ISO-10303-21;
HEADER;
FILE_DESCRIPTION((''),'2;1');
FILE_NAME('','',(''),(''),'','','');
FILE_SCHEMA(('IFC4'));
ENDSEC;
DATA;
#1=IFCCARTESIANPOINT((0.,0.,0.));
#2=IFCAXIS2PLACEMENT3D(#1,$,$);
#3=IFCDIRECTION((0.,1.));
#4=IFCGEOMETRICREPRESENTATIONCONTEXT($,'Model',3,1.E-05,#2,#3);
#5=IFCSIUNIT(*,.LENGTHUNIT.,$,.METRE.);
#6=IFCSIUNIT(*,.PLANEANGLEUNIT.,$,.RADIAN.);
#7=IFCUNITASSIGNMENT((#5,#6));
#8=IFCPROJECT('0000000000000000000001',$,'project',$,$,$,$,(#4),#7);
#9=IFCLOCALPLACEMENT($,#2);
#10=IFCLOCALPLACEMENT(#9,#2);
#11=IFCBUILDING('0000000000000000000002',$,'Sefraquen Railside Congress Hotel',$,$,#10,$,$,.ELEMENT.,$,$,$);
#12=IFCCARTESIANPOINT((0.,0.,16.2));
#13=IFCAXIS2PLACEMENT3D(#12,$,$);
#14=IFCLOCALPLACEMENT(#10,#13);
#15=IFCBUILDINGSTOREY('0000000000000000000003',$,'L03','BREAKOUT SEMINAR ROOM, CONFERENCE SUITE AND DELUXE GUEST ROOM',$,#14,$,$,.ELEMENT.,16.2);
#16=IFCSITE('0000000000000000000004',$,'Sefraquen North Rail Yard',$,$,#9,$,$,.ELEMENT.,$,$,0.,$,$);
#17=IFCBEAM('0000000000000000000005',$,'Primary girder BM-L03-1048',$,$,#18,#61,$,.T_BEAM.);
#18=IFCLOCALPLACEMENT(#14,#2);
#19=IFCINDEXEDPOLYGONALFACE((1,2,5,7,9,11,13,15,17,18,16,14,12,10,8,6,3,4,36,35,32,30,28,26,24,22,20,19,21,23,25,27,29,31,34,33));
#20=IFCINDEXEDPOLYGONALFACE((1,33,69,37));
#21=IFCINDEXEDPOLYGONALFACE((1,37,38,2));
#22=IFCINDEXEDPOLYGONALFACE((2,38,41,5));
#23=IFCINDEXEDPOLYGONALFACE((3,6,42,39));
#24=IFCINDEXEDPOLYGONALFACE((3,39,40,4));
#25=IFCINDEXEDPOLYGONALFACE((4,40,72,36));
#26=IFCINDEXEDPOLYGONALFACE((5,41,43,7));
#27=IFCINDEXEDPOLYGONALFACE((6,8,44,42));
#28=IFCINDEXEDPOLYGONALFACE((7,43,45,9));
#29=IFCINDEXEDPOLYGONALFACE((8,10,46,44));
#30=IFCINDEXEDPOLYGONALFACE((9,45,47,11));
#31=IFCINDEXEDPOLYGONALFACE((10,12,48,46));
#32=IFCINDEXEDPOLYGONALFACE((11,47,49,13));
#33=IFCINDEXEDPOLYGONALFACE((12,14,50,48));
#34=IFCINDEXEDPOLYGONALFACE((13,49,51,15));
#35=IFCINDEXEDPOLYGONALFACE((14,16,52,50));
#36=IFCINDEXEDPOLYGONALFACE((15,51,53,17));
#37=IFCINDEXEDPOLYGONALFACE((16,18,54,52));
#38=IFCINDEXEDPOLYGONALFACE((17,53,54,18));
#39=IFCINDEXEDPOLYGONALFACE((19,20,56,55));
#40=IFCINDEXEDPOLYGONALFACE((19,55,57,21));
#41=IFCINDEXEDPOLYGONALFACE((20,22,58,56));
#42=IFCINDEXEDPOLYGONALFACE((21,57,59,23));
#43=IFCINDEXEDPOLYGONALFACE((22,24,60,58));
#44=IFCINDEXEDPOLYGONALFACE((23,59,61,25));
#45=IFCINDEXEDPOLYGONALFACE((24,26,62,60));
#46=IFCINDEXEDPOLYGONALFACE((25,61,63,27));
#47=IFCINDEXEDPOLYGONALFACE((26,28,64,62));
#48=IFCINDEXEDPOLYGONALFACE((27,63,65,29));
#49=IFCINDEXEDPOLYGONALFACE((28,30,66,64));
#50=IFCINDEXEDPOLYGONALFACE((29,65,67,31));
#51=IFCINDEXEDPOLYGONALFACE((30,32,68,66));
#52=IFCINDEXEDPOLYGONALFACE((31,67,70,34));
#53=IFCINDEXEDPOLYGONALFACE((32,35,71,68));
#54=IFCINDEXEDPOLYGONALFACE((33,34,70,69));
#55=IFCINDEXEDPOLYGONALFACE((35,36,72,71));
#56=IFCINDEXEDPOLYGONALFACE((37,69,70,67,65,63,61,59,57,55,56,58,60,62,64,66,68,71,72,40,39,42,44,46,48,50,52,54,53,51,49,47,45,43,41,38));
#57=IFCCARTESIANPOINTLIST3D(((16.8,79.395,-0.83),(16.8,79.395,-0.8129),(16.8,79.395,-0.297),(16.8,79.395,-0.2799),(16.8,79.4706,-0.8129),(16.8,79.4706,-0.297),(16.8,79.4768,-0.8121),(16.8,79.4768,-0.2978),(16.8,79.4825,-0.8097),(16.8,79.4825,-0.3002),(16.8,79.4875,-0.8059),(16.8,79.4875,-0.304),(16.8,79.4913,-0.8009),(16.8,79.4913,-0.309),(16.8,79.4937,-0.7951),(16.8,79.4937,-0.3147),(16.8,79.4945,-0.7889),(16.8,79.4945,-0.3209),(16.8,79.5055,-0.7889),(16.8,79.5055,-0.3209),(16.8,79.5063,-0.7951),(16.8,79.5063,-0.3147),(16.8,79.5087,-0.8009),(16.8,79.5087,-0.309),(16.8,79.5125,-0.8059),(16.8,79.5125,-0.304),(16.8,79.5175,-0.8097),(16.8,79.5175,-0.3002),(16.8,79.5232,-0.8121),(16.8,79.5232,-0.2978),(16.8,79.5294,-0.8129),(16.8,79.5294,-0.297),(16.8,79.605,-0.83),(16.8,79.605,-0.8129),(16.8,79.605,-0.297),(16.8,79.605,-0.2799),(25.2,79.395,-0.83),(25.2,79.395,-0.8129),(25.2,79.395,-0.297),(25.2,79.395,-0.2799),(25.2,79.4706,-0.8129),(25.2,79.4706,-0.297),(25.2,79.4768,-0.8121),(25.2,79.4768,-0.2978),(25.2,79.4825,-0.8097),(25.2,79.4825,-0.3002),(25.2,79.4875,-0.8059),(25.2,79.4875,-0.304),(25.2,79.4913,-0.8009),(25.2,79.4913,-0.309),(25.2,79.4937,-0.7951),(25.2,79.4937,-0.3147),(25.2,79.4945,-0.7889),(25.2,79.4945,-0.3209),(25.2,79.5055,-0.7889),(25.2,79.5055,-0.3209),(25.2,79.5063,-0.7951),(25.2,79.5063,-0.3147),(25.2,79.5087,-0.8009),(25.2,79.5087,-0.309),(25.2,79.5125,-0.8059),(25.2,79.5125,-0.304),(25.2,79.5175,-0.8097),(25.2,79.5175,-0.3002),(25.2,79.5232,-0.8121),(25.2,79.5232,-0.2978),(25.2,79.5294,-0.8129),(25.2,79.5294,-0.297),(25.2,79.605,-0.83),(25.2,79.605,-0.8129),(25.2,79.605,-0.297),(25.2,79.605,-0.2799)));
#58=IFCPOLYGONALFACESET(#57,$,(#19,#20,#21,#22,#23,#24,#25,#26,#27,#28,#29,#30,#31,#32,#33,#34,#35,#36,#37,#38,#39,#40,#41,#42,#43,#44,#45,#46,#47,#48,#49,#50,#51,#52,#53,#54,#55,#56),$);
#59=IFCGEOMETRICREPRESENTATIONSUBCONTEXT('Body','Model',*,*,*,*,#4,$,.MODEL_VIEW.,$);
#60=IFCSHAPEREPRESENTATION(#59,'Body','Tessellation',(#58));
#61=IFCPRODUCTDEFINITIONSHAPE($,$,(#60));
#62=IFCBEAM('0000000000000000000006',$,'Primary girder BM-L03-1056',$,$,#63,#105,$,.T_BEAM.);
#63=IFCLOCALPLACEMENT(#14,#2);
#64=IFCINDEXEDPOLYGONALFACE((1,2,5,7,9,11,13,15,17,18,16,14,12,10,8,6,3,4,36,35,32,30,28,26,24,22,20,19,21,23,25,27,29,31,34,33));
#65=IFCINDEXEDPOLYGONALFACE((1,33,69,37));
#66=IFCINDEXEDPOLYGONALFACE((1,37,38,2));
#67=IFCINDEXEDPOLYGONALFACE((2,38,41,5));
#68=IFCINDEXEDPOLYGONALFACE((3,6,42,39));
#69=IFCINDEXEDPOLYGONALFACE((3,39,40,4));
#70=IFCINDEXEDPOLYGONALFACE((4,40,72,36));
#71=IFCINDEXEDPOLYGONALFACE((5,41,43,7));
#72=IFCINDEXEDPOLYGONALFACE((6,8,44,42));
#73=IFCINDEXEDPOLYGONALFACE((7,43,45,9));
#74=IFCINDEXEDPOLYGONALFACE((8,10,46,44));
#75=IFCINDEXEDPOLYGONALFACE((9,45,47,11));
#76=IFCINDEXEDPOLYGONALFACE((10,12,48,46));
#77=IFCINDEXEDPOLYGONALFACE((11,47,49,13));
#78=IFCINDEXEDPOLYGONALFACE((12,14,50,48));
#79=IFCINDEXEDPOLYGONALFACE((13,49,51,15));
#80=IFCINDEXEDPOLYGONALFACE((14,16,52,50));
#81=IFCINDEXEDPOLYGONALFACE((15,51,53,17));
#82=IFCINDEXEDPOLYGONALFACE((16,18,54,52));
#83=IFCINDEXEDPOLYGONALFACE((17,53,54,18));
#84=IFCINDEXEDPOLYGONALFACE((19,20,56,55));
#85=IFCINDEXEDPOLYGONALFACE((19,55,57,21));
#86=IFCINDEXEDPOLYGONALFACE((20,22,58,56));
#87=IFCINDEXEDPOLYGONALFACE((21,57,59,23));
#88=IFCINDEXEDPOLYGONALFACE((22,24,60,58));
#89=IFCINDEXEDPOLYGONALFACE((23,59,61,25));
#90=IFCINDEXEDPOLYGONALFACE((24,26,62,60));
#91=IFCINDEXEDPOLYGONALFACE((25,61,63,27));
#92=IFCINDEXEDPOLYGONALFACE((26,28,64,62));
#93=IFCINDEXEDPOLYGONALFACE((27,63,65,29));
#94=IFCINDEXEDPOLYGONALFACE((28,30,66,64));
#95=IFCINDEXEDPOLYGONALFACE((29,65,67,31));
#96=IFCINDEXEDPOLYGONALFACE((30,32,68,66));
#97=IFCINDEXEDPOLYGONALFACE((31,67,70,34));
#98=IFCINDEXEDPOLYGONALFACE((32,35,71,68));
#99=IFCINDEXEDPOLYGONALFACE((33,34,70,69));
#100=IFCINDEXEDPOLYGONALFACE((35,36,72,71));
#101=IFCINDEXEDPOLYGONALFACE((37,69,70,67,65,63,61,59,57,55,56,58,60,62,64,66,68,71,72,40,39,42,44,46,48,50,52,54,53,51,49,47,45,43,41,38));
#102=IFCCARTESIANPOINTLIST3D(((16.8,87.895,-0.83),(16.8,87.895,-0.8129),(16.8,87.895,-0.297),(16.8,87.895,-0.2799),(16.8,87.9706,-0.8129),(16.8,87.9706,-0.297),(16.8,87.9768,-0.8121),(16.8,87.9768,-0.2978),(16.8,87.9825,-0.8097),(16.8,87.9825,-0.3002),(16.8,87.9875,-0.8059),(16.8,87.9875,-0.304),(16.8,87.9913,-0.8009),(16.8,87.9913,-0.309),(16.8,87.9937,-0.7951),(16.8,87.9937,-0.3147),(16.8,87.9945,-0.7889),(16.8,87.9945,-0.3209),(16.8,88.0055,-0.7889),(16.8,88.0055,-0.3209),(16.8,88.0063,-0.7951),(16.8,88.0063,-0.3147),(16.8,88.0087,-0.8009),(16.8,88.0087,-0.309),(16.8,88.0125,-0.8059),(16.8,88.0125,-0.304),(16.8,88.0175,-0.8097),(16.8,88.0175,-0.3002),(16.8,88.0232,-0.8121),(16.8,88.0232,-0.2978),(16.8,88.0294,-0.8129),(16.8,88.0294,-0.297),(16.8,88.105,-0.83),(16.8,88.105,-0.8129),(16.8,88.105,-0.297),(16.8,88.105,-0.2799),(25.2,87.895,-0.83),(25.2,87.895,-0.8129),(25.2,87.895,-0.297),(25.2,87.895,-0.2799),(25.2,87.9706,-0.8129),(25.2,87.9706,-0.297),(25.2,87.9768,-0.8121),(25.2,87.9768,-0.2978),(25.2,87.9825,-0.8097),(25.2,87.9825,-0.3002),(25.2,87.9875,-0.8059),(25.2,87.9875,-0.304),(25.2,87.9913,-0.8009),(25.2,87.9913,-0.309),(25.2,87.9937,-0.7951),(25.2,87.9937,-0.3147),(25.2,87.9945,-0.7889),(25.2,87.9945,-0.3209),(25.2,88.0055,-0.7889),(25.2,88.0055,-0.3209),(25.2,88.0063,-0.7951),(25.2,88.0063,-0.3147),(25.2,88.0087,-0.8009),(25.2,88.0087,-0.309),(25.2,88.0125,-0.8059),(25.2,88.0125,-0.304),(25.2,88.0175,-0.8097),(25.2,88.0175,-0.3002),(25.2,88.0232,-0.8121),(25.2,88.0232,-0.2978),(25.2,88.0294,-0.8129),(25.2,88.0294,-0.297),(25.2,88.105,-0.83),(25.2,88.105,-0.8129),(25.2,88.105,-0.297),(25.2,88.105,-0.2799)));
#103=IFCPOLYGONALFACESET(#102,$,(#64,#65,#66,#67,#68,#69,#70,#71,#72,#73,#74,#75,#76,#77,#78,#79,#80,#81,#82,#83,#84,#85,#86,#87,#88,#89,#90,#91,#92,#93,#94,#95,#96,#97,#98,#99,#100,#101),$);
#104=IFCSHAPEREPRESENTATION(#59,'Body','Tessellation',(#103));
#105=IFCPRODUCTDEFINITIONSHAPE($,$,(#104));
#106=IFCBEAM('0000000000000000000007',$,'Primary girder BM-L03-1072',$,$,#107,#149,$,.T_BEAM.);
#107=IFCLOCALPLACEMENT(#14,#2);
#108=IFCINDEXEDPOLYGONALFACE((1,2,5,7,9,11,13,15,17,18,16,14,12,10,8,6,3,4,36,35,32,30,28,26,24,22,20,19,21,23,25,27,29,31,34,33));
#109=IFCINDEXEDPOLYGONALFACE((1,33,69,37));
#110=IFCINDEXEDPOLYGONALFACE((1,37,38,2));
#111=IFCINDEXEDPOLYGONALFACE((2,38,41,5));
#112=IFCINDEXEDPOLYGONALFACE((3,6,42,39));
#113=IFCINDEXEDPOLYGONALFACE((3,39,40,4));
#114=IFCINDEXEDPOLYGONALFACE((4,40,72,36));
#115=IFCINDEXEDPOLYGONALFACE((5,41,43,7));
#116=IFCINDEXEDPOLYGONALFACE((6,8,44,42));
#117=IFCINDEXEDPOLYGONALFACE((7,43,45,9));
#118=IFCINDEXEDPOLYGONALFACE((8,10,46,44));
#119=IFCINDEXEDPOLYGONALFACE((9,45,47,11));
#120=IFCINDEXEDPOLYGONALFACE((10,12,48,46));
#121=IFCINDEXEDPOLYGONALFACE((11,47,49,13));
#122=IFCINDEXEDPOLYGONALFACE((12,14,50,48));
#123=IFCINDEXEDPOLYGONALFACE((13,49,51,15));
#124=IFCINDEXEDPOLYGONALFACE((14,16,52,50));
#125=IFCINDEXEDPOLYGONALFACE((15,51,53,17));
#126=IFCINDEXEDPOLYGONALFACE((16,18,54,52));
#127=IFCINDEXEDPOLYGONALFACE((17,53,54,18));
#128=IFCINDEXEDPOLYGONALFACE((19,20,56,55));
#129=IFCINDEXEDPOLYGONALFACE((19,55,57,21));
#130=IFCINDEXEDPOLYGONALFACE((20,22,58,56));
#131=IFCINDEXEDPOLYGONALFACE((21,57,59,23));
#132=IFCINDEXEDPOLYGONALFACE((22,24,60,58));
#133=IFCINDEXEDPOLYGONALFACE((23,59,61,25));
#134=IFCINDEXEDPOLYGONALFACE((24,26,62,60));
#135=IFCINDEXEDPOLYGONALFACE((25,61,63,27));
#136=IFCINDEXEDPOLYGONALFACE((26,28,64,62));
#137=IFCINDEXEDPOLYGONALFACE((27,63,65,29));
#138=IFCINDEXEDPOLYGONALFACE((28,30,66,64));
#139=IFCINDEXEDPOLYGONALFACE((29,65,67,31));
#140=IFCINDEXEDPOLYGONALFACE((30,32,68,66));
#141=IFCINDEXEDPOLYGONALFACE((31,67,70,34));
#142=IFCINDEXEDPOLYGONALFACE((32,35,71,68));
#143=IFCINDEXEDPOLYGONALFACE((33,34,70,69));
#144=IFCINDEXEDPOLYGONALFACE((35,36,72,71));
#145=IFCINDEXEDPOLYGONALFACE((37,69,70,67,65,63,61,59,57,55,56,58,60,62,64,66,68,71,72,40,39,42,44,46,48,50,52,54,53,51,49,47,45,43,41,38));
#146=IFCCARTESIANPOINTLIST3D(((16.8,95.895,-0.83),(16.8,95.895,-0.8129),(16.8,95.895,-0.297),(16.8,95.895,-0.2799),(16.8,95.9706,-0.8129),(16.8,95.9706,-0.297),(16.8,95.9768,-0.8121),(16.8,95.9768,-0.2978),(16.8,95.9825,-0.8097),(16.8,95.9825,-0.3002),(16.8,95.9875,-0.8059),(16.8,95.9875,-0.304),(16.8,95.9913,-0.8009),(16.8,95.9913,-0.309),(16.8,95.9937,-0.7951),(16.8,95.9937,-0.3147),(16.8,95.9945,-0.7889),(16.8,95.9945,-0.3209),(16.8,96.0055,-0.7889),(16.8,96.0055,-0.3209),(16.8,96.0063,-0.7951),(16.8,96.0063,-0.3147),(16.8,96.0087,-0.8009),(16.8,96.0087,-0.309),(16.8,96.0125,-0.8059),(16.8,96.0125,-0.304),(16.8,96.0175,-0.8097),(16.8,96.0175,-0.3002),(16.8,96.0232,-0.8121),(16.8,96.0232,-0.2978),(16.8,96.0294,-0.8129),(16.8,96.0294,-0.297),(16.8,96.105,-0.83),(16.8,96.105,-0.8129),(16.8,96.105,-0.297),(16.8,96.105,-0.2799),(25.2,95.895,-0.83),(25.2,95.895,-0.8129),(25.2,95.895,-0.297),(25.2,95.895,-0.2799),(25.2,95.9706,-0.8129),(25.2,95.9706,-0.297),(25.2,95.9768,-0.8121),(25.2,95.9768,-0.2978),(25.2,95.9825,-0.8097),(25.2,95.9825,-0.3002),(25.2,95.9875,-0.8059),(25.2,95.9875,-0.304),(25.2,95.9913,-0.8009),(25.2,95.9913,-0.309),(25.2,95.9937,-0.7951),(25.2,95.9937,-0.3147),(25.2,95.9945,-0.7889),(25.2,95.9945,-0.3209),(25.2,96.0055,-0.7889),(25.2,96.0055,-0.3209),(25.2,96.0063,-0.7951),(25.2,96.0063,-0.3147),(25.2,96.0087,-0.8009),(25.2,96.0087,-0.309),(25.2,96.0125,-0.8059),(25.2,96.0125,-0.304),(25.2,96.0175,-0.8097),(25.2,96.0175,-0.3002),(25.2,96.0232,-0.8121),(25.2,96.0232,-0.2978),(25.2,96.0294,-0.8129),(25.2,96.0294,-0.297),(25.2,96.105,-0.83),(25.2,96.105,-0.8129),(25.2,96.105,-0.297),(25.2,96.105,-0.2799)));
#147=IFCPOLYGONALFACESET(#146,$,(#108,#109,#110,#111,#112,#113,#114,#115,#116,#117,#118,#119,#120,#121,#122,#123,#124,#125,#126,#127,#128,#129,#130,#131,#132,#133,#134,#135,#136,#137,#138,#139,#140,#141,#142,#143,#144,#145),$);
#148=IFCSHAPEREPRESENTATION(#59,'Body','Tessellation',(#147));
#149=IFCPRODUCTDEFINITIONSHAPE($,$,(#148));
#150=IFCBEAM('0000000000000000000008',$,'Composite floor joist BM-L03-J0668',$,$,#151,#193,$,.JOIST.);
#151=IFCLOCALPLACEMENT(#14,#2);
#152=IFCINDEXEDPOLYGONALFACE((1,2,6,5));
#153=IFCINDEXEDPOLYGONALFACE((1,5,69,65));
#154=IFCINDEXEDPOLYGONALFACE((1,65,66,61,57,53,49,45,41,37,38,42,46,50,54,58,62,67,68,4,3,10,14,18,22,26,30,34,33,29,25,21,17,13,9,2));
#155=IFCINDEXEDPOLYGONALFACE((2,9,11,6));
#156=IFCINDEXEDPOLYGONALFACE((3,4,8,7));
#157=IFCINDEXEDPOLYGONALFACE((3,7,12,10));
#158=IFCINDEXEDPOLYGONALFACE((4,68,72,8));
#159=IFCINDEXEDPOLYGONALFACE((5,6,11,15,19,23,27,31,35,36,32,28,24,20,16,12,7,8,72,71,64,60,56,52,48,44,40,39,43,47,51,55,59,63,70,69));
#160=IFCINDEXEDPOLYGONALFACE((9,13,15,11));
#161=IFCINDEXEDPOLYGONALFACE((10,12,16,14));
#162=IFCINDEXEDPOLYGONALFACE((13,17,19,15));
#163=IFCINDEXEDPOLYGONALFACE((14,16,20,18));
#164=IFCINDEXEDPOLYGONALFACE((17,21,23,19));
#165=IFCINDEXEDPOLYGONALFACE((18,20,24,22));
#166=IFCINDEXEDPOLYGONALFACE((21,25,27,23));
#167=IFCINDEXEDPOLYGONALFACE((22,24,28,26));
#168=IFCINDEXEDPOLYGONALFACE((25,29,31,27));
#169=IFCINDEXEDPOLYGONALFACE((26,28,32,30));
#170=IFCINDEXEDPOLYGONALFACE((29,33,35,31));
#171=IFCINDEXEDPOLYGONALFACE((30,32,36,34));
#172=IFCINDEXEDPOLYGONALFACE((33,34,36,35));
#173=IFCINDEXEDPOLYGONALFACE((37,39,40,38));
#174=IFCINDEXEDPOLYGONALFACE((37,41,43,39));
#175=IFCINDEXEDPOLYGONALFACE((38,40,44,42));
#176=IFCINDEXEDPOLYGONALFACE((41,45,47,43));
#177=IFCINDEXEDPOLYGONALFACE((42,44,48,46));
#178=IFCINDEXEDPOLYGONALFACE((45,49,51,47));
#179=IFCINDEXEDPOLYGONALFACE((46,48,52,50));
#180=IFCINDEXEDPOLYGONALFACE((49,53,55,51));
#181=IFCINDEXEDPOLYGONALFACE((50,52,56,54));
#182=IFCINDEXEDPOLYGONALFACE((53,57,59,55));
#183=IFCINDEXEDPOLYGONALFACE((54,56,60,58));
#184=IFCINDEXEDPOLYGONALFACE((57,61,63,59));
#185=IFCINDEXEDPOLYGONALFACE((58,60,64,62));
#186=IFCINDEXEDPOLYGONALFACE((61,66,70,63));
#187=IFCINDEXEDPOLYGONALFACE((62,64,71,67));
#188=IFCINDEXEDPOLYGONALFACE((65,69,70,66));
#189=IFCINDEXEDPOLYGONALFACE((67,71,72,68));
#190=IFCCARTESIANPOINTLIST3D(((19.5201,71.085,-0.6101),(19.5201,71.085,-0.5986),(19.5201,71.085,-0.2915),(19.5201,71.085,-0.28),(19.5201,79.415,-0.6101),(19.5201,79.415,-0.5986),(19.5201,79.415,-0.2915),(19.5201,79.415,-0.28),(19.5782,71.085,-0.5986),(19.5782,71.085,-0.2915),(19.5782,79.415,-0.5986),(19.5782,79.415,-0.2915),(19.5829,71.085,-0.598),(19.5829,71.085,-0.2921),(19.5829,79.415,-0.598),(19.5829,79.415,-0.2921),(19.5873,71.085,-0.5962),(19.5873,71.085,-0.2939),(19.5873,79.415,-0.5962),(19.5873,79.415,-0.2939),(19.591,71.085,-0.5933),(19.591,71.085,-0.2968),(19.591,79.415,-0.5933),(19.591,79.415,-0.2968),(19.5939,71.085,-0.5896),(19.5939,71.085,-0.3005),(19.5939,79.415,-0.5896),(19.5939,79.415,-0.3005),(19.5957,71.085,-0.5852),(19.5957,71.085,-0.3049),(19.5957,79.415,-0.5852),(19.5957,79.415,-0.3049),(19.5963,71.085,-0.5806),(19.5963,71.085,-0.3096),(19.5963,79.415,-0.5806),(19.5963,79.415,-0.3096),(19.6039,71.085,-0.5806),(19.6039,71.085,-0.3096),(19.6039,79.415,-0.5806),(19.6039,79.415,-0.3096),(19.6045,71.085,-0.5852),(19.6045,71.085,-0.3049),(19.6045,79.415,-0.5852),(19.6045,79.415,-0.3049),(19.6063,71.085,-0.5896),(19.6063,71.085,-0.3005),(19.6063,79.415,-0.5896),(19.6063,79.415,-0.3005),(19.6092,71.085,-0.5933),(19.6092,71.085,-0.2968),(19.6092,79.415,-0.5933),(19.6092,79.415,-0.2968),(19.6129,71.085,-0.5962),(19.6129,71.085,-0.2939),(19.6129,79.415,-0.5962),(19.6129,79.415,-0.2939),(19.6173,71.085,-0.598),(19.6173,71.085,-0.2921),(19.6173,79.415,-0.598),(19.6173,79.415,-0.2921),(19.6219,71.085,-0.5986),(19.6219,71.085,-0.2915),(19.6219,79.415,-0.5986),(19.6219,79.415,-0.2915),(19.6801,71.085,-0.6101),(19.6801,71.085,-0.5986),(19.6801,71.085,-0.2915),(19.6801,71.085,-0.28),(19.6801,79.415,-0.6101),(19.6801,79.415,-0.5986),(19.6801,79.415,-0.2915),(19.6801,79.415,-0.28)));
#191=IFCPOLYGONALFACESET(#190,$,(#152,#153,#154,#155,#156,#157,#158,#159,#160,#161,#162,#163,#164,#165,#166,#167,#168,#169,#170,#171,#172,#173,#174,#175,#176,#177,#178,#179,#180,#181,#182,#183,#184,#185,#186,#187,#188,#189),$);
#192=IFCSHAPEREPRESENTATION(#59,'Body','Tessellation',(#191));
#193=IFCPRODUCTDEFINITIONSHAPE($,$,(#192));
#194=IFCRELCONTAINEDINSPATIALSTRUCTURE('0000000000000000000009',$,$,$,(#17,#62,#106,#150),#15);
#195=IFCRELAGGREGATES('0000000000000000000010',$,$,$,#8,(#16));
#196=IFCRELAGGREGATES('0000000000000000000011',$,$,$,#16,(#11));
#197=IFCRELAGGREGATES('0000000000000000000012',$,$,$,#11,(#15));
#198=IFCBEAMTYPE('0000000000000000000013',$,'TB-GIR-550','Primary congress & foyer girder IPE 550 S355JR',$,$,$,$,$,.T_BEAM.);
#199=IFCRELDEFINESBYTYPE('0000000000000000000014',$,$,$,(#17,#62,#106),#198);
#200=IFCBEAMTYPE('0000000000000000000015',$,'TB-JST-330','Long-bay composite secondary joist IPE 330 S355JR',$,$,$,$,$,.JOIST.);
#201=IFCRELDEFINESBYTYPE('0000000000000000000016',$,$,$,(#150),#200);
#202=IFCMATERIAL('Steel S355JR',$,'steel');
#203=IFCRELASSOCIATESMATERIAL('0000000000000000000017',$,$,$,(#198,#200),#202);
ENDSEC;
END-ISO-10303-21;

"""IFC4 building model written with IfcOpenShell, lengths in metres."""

from ifc_helpers import new_model, si_unit, direction, frame, origin, origin_2d, place, context, subcontext, project, spatial, i_section, extrude, material, material_profile, profile_set, type_object, element, save


model = new_model("IFC4")

# Units and contexts
model_context = context("Model", 3, precision=1e-05, world=origin(), true_north=direction((0.0, 1.0)))
body_context = subcontext(model_context, "Body", "Model", "MODEL_VIEW")
ifc_project = project(units=[si_unit("LENGTHUNIT", "METRE"), si_unit("PLANEANGLEUNIT", "RADIAN")], contexts=[model_context])

# Site, building, storey
site_placement = place(None, origin())
site = spatial("IfcSite", under=ifc_project, at=site_placement, Name="Sefraquen North Rail Yard", CompositionType="ELEMENT", RefElevation=0.0)
building_placement = place(site_placement, origin())
building = spatial("IfcBuilding", under=site, at=building_placement, Name="Sefraquen Railside Congress Hotel", CompositionType="ELEMENT")
storey_placement = place(building_placement, frame((0.0, 0.0, 16.2)))
storey = spatial("IfcBuildingStorey", under=building, at=storey_placement, Name="L03", Description="BREAKOUT SEMINAR ROOM, CONFERENCE SUITE AND DELUXE GUEST ROOM", CompositionType="ELEMENT", Elevation=16.2)

# Shared definitions
ifc_material_1 = material(Name="Steel S355JR", Category="steel")

# Beams
ifc_material_profile_1 = material_profile(ifc_material_1, i_section(OverallWidth=0.21, OverallDepth=0.55, WebThickness=0.011, FlangeThickness=0.0171, FilletRadius=0.0239, at=origin_2d()), Name="IPE 550")
ifc_profile_set_1 = profile_set([ifc_material_profile_1], Name="Steel S355JR")
beam_type_1 = type_object("IfcBeamType", Name="TB-GIR-550", Description="Primary congress & foyer girder IPE 550 S355JR", PredefinedType="T_BEAM", material=ifc_profile_set_1)
for number, where, z_axis, x_axis, name in (
    (1, (16.8, 79.5, -0.5549), (1.0, 0.0, 0.0), (0.0, 1.0, 0.0), "Primary girder BM-L03-1048"),
    (2, (16.8, 88.0, -0.5549), (1.0, 0.0, 0.0), (0.0, 1.0, 0.0), "Primary girder BM-L03-1056"),
    (3, (16.8, 96.0, -0.5549), (1.0, 0.0, 0.0), (0.0, 1.0, 0.0), "Primary girder BM-L03-1072"),
):
    element("IfcBeam", number, at=place(storey_placement, frame(where, z_axis=z_axis, x_axis=x_axis)), inside=storey, type_object=beam_type_1, Name=name, PredefinedType="T_BEAM", context=body_context, shape_type="SweptSolid", body=[
        extrude(i_section(OverallWidth=0.21, OverallDepth=0.55, WebThickness=0.011, FlangeThickness=0.0171, FilletRadius=0.0239, at=origin_2d()), origin(), (0.0, 0.0, 1.0), 8.3999),
    ])
ifc_material_profile_2 = material_profile(ifc_material_1, i_section(OverallWidth=0.1599, OverallDepth=0.3301, WebThickness=0.0076, FlangeThickness=0.0115, FilletRadius=0.0181, at=origin_2d()), Name="IPE 330")
ifc_profile_set_2 = profile_set([ifc_material_profile_2], Name="Steel S355JR")
beam_type_2 = type_object("IfcBeamType", Name="TB-JST-330", Description="Long-bay composite secondary joist IPE 330 S355JR", PredefinedType="JOIST", material=ifc_profile_set_2)
for number, where, z_axis, x_axis, name in (
    (4, (19.6001, 71.085, -0.4451), (0.0, 1.0, 0.0), (-1.0, 0.0, 0.0), "Composite floor joist BM-L03-J0668"),
):
    element("IfcBeam", number, at=place(storey_placement, frame(where, z_axis=z_axis, x_axis=x_axis)), inside=storey, type_object=beam_type_2, Name=name, PredefinedType="JOIST", context=body_context, shape_type="SweptSolid", body=[
        extrude(i_section(OverallWidth=0.1599, OverallDepth=0.3301, WebThickness=0.0076, FlangeThickness=0.0115, FilletRadius=0.0181, at=origin_2d()), origin(), (0.0, 0.0, 1.0), 8.3301),
    ])

save(model, "model.ifc")
